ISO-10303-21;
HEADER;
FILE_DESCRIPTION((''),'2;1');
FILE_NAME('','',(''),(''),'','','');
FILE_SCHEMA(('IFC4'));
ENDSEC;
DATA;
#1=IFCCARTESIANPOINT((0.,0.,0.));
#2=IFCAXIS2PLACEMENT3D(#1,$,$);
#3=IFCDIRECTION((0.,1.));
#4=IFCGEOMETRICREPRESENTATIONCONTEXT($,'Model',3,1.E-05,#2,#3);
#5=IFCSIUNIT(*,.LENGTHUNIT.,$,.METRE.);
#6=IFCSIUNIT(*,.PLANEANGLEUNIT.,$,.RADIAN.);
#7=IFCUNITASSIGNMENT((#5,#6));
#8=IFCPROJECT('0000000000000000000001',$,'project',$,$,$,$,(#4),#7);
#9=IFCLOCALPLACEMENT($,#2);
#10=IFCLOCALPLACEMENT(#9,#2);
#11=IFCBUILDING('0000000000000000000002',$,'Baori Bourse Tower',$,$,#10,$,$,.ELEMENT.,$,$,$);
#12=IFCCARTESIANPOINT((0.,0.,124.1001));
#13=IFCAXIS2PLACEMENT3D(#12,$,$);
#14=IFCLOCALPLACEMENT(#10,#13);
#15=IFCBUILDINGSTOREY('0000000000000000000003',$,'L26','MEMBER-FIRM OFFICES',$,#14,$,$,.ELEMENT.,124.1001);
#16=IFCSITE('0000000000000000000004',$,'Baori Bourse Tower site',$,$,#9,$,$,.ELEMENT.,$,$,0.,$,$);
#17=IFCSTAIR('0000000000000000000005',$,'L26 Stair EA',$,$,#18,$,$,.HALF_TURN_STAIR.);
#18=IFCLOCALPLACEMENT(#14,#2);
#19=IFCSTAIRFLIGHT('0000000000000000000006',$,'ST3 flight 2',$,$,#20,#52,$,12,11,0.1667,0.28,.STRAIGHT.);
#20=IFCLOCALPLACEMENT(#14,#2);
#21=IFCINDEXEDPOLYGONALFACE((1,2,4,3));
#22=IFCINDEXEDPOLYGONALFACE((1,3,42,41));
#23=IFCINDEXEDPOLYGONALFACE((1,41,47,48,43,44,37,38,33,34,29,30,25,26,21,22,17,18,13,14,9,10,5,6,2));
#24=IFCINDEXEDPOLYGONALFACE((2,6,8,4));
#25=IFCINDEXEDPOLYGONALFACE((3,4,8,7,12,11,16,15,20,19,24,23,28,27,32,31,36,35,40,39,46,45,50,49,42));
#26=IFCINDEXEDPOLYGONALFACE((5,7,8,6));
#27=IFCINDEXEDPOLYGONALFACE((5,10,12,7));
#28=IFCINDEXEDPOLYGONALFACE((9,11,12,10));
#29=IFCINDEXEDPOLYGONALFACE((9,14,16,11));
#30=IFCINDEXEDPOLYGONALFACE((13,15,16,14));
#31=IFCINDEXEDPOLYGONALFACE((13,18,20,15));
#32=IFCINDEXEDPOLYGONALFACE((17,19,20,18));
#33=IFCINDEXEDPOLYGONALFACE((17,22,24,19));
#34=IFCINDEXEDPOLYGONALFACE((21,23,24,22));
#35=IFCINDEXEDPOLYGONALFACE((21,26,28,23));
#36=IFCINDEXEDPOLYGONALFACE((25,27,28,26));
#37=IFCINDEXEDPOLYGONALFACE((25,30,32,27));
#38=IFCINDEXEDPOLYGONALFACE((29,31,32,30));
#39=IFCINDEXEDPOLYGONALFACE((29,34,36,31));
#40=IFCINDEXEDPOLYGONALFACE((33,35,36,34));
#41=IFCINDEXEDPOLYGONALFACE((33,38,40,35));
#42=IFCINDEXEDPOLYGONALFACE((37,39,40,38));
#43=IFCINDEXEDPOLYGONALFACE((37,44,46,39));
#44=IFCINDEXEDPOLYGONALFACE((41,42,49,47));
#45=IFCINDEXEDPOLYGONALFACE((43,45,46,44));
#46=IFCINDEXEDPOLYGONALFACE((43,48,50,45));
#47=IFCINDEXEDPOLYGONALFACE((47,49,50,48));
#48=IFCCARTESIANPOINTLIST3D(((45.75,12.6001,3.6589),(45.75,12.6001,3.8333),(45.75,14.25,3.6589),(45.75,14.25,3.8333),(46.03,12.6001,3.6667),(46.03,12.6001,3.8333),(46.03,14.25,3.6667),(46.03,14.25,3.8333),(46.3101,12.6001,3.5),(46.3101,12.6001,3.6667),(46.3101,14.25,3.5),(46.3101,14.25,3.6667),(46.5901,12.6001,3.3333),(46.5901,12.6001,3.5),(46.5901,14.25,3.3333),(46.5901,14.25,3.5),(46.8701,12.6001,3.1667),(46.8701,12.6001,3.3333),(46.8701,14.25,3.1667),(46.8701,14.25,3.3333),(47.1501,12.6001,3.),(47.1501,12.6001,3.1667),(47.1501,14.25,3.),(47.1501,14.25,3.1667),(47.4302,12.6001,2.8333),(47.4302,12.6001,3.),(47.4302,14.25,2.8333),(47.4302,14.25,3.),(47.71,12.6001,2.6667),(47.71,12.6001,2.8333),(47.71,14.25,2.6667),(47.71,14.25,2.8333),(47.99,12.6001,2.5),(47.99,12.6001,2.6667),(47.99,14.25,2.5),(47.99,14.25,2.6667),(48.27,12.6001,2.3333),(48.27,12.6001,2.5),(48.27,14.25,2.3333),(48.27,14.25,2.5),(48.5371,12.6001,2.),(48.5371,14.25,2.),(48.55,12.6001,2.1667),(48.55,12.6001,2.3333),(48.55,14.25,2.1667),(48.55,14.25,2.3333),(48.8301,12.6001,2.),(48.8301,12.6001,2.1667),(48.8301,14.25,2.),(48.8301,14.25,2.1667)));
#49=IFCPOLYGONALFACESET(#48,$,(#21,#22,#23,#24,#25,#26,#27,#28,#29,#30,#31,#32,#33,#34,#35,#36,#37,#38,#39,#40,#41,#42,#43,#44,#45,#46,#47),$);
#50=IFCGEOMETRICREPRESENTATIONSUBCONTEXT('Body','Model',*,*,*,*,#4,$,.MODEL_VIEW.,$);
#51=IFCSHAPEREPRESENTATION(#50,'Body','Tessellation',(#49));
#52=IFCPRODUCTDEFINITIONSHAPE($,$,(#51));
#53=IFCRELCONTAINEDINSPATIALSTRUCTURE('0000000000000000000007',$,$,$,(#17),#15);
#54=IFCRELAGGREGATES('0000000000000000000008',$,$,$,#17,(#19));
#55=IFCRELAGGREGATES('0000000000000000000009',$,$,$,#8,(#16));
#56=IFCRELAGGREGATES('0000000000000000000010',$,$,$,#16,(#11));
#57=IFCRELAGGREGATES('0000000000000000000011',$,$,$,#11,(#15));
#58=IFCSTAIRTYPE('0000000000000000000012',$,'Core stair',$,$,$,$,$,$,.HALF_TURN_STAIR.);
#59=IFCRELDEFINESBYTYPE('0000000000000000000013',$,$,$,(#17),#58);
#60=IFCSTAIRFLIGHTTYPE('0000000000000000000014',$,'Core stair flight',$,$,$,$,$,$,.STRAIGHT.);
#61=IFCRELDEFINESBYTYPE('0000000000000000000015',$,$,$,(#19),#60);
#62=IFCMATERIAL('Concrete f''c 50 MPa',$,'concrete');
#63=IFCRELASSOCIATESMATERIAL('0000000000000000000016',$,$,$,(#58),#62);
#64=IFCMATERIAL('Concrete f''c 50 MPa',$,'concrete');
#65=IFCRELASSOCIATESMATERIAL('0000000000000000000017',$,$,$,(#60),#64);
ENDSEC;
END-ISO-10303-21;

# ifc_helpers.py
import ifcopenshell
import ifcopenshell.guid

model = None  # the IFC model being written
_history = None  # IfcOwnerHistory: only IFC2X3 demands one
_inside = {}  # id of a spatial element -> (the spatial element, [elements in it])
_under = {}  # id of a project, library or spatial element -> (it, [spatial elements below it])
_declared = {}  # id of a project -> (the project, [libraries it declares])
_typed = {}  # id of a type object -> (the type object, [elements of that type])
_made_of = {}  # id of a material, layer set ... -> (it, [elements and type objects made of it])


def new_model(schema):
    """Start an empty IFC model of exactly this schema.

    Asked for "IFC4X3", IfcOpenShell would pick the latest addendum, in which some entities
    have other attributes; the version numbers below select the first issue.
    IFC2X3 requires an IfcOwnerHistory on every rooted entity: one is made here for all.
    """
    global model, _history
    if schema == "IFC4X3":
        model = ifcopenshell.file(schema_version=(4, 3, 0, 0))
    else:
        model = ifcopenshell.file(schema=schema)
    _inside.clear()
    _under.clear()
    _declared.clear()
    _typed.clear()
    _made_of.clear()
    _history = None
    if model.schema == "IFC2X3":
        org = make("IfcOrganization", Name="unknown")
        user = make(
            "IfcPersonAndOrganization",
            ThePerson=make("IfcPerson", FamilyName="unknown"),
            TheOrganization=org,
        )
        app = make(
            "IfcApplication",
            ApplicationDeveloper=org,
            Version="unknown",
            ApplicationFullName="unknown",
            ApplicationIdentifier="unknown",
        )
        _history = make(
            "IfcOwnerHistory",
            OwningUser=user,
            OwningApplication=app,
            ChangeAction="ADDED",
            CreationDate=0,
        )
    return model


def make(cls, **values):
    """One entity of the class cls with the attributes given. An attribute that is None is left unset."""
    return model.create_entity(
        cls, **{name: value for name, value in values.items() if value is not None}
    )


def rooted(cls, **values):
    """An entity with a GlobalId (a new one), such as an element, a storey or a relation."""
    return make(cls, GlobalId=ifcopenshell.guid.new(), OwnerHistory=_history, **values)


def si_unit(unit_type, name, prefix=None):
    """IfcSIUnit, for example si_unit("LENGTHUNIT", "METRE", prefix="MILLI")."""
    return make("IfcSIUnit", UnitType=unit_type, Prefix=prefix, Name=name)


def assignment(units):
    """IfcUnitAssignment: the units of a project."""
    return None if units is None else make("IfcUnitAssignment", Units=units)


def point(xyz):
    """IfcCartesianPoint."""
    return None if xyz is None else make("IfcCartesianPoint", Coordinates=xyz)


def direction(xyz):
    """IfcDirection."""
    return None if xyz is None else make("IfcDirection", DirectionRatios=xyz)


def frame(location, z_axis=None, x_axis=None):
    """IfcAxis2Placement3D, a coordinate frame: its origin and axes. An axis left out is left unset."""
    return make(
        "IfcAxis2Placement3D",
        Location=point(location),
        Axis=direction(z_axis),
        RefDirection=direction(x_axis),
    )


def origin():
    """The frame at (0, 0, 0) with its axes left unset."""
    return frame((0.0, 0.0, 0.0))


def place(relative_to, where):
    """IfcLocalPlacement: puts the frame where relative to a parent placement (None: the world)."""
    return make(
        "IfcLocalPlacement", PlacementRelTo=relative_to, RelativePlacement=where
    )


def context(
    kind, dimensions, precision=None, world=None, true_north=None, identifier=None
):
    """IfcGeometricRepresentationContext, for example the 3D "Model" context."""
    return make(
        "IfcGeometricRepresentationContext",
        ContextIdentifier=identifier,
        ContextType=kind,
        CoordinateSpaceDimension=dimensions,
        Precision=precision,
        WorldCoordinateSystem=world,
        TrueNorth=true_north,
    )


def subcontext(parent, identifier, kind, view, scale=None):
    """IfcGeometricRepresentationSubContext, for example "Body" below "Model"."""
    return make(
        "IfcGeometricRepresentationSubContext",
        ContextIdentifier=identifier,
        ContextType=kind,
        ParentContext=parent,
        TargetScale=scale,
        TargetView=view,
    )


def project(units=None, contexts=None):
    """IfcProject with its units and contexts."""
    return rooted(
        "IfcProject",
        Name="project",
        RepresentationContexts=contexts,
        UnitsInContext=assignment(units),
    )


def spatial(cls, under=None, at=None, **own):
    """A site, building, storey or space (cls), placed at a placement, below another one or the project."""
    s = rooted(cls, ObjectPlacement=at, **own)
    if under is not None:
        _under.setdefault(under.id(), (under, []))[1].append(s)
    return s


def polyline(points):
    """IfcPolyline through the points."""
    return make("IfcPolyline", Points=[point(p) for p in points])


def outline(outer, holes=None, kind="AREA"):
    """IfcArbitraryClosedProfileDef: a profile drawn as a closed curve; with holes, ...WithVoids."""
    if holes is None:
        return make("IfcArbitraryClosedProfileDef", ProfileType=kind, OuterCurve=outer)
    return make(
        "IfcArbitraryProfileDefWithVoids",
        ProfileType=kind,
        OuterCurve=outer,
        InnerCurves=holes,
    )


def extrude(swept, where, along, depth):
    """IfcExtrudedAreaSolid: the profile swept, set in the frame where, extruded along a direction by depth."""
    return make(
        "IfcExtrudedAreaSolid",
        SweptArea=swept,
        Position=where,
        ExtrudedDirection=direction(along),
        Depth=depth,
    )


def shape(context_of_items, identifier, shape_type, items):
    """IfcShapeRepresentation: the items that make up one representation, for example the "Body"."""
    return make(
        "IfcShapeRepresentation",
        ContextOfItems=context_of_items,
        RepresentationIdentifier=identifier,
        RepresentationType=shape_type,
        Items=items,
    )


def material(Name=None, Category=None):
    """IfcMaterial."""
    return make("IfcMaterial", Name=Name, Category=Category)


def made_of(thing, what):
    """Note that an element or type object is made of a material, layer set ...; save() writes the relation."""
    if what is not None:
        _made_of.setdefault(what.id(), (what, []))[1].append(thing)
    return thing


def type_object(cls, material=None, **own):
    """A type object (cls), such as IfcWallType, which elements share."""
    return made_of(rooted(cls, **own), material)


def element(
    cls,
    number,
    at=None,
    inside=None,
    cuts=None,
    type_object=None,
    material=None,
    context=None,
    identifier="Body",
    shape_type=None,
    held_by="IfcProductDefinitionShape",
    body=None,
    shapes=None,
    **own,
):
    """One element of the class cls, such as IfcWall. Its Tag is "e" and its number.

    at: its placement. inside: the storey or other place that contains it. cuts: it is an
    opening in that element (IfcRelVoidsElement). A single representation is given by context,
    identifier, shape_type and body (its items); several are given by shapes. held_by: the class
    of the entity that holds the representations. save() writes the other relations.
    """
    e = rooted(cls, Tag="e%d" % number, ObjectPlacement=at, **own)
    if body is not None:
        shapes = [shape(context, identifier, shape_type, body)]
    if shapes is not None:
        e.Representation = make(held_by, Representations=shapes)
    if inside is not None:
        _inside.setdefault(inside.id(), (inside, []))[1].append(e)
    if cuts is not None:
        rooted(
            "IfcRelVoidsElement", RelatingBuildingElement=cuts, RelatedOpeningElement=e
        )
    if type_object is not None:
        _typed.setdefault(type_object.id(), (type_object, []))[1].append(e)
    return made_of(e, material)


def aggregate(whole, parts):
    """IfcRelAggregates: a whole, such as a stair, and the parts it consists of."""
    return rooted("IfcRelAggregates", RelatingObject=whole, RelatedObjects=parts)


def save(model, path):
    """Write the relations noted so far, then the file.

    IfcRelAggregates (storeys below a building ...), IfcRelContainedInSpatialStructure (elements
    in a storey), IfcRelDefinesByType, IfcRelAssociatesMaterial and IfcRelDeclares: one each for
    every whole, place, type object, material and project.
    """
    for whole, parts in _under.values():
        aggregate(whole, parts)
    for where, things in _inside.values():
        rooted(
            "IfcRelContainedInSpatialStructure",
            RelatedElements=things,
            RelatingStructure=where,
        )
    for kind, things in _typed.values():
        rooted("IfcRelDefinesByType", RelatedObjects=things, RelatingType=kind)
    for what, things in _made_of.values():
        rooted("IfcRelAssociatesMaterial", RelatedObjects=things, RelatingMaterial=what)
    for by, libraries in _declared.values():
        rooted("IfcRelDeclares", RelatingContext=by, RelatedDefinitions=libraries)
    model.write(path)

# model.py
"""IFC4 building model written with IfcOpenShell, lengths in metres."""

from ifc_helpers import new_model, si_unit, direction, frame, origin, place, context, subcontext, project, spatial, polyline, outline, extrude, material, type_object, element, aggregate, save


model = new_model("IFC4")

# Units and contexts
model_context = context("Model", 3, precision=1e-05, world=origin(), true_north=direction((0.0, 1.0)))
body_context = subcontext(model_context, "Body", "Model", "MODEL_VIEW")
ifc_project = project(units=[si_unit("LENGTHUNIT", "METRE"), si_unit("PLANEANGLEUNIT", "RADIAN")], contexts=[model_context])

# Site, building, storey
site_placement = place(None, origin())
site = spatial("IfcSite", under=ifc_project, at=site_placement, Name="Baori Bourse Tower site", CompositionType="ELEMENT", RefElevation=0.0)
building_placement = place(site_placement, origin())
building = spatial("IfcBuilding", under=site, at=building_placement, Name="Baori Bourse Tower", CompositionType="ELEMENT")
storey_placement = place(building_placement, frame((0.0, 0.0, 124.1001)))
storey = spatial("IfcBuildingStorey", under=building, at=storey_placement, Name="L26", Description="MEMBER-FIRM OFFICES", CompositionType="ELEMENT", Elevation=124.1001)

# Stair, stair flight
ifc_material_1 = material(Name="Concrete f'c 50 MPa", Category="concrete")
stair_type = type_object("IfcStairType", Name="Core stair", PredefinedType="HALF_TURN_STAIR", material=ifc_material_1)
stair_placement = place(storey_placement, origin())
stair = element("IfcStair", 1, at=stair_placement, inside=storey, type_object=stair_type, Name="L26 Stair EA", PredefinedType="HALF_TURN_STAIR")
ifc_material_2 = material(Name="Concrete f'c 50 MPa", Category="concrete")
stair_flight_type = type_object("IfcStairFlightType", Name="Core stair flight", PredefinedType="STRAIGHT", material=ifc_material_2)
stair_flight_1_placement = place(storey_placement, frame((48.8301, 13.425, 2.0), z_axis=(0.0, 0.0, 1.0), x_axis=(-1.0, 0.0, 0.0)))
stair_flight_1 = element("IfcStairFlight", 2, at=stair_flight_1_placement, type_object=stair_flight_type, Name="ST3 flight 2", NumberOfRisers=12, NumberOfTreads=11, PredefinedType="STRAIGHT", RiserHeight=0.1667, TreadLength=0.28, context=body_context, shape_type="SweptSolid", body=[
    extrude(outline(polyline([(0.0, 0.0), (0.0, 0.1667), (0.28, 0.1667), (0.28, 0.3333), (0.5601, 0.3333), (0.5601, 0.5), (0.8401, 0.5), (0.8401, 0.6667), (1.1201, 0.6667), (1.1201, 0.8333), (1.3999, 0.8333), (1.3999, 1.0), (1.6799, 1.0), (1.6799, 1.1667), (1.96, 1.1667), (1.96, 1.3333), (2.24, 1.3333), (2.24, 1.5), (2.52, 1.5), (2.52, 1.6667), (2.8, 1.6667), (2.8, 1.8333), (3.0801, 1.8333), (3.0801, 2.0), (3.0801, 1.6589), (0.293, 0.0), (0.0, 0.0)])), frame((0.0, 0.825, 0.0), z_axis=(0.0, -1.0, 0.0), x_axis=(1.0, 0.0, 0.0)), (0.0, 0.0, 1.0), 1.6499),
])
aggregate(stair, [stair_flight_1])

save(model, "model.ifc")
